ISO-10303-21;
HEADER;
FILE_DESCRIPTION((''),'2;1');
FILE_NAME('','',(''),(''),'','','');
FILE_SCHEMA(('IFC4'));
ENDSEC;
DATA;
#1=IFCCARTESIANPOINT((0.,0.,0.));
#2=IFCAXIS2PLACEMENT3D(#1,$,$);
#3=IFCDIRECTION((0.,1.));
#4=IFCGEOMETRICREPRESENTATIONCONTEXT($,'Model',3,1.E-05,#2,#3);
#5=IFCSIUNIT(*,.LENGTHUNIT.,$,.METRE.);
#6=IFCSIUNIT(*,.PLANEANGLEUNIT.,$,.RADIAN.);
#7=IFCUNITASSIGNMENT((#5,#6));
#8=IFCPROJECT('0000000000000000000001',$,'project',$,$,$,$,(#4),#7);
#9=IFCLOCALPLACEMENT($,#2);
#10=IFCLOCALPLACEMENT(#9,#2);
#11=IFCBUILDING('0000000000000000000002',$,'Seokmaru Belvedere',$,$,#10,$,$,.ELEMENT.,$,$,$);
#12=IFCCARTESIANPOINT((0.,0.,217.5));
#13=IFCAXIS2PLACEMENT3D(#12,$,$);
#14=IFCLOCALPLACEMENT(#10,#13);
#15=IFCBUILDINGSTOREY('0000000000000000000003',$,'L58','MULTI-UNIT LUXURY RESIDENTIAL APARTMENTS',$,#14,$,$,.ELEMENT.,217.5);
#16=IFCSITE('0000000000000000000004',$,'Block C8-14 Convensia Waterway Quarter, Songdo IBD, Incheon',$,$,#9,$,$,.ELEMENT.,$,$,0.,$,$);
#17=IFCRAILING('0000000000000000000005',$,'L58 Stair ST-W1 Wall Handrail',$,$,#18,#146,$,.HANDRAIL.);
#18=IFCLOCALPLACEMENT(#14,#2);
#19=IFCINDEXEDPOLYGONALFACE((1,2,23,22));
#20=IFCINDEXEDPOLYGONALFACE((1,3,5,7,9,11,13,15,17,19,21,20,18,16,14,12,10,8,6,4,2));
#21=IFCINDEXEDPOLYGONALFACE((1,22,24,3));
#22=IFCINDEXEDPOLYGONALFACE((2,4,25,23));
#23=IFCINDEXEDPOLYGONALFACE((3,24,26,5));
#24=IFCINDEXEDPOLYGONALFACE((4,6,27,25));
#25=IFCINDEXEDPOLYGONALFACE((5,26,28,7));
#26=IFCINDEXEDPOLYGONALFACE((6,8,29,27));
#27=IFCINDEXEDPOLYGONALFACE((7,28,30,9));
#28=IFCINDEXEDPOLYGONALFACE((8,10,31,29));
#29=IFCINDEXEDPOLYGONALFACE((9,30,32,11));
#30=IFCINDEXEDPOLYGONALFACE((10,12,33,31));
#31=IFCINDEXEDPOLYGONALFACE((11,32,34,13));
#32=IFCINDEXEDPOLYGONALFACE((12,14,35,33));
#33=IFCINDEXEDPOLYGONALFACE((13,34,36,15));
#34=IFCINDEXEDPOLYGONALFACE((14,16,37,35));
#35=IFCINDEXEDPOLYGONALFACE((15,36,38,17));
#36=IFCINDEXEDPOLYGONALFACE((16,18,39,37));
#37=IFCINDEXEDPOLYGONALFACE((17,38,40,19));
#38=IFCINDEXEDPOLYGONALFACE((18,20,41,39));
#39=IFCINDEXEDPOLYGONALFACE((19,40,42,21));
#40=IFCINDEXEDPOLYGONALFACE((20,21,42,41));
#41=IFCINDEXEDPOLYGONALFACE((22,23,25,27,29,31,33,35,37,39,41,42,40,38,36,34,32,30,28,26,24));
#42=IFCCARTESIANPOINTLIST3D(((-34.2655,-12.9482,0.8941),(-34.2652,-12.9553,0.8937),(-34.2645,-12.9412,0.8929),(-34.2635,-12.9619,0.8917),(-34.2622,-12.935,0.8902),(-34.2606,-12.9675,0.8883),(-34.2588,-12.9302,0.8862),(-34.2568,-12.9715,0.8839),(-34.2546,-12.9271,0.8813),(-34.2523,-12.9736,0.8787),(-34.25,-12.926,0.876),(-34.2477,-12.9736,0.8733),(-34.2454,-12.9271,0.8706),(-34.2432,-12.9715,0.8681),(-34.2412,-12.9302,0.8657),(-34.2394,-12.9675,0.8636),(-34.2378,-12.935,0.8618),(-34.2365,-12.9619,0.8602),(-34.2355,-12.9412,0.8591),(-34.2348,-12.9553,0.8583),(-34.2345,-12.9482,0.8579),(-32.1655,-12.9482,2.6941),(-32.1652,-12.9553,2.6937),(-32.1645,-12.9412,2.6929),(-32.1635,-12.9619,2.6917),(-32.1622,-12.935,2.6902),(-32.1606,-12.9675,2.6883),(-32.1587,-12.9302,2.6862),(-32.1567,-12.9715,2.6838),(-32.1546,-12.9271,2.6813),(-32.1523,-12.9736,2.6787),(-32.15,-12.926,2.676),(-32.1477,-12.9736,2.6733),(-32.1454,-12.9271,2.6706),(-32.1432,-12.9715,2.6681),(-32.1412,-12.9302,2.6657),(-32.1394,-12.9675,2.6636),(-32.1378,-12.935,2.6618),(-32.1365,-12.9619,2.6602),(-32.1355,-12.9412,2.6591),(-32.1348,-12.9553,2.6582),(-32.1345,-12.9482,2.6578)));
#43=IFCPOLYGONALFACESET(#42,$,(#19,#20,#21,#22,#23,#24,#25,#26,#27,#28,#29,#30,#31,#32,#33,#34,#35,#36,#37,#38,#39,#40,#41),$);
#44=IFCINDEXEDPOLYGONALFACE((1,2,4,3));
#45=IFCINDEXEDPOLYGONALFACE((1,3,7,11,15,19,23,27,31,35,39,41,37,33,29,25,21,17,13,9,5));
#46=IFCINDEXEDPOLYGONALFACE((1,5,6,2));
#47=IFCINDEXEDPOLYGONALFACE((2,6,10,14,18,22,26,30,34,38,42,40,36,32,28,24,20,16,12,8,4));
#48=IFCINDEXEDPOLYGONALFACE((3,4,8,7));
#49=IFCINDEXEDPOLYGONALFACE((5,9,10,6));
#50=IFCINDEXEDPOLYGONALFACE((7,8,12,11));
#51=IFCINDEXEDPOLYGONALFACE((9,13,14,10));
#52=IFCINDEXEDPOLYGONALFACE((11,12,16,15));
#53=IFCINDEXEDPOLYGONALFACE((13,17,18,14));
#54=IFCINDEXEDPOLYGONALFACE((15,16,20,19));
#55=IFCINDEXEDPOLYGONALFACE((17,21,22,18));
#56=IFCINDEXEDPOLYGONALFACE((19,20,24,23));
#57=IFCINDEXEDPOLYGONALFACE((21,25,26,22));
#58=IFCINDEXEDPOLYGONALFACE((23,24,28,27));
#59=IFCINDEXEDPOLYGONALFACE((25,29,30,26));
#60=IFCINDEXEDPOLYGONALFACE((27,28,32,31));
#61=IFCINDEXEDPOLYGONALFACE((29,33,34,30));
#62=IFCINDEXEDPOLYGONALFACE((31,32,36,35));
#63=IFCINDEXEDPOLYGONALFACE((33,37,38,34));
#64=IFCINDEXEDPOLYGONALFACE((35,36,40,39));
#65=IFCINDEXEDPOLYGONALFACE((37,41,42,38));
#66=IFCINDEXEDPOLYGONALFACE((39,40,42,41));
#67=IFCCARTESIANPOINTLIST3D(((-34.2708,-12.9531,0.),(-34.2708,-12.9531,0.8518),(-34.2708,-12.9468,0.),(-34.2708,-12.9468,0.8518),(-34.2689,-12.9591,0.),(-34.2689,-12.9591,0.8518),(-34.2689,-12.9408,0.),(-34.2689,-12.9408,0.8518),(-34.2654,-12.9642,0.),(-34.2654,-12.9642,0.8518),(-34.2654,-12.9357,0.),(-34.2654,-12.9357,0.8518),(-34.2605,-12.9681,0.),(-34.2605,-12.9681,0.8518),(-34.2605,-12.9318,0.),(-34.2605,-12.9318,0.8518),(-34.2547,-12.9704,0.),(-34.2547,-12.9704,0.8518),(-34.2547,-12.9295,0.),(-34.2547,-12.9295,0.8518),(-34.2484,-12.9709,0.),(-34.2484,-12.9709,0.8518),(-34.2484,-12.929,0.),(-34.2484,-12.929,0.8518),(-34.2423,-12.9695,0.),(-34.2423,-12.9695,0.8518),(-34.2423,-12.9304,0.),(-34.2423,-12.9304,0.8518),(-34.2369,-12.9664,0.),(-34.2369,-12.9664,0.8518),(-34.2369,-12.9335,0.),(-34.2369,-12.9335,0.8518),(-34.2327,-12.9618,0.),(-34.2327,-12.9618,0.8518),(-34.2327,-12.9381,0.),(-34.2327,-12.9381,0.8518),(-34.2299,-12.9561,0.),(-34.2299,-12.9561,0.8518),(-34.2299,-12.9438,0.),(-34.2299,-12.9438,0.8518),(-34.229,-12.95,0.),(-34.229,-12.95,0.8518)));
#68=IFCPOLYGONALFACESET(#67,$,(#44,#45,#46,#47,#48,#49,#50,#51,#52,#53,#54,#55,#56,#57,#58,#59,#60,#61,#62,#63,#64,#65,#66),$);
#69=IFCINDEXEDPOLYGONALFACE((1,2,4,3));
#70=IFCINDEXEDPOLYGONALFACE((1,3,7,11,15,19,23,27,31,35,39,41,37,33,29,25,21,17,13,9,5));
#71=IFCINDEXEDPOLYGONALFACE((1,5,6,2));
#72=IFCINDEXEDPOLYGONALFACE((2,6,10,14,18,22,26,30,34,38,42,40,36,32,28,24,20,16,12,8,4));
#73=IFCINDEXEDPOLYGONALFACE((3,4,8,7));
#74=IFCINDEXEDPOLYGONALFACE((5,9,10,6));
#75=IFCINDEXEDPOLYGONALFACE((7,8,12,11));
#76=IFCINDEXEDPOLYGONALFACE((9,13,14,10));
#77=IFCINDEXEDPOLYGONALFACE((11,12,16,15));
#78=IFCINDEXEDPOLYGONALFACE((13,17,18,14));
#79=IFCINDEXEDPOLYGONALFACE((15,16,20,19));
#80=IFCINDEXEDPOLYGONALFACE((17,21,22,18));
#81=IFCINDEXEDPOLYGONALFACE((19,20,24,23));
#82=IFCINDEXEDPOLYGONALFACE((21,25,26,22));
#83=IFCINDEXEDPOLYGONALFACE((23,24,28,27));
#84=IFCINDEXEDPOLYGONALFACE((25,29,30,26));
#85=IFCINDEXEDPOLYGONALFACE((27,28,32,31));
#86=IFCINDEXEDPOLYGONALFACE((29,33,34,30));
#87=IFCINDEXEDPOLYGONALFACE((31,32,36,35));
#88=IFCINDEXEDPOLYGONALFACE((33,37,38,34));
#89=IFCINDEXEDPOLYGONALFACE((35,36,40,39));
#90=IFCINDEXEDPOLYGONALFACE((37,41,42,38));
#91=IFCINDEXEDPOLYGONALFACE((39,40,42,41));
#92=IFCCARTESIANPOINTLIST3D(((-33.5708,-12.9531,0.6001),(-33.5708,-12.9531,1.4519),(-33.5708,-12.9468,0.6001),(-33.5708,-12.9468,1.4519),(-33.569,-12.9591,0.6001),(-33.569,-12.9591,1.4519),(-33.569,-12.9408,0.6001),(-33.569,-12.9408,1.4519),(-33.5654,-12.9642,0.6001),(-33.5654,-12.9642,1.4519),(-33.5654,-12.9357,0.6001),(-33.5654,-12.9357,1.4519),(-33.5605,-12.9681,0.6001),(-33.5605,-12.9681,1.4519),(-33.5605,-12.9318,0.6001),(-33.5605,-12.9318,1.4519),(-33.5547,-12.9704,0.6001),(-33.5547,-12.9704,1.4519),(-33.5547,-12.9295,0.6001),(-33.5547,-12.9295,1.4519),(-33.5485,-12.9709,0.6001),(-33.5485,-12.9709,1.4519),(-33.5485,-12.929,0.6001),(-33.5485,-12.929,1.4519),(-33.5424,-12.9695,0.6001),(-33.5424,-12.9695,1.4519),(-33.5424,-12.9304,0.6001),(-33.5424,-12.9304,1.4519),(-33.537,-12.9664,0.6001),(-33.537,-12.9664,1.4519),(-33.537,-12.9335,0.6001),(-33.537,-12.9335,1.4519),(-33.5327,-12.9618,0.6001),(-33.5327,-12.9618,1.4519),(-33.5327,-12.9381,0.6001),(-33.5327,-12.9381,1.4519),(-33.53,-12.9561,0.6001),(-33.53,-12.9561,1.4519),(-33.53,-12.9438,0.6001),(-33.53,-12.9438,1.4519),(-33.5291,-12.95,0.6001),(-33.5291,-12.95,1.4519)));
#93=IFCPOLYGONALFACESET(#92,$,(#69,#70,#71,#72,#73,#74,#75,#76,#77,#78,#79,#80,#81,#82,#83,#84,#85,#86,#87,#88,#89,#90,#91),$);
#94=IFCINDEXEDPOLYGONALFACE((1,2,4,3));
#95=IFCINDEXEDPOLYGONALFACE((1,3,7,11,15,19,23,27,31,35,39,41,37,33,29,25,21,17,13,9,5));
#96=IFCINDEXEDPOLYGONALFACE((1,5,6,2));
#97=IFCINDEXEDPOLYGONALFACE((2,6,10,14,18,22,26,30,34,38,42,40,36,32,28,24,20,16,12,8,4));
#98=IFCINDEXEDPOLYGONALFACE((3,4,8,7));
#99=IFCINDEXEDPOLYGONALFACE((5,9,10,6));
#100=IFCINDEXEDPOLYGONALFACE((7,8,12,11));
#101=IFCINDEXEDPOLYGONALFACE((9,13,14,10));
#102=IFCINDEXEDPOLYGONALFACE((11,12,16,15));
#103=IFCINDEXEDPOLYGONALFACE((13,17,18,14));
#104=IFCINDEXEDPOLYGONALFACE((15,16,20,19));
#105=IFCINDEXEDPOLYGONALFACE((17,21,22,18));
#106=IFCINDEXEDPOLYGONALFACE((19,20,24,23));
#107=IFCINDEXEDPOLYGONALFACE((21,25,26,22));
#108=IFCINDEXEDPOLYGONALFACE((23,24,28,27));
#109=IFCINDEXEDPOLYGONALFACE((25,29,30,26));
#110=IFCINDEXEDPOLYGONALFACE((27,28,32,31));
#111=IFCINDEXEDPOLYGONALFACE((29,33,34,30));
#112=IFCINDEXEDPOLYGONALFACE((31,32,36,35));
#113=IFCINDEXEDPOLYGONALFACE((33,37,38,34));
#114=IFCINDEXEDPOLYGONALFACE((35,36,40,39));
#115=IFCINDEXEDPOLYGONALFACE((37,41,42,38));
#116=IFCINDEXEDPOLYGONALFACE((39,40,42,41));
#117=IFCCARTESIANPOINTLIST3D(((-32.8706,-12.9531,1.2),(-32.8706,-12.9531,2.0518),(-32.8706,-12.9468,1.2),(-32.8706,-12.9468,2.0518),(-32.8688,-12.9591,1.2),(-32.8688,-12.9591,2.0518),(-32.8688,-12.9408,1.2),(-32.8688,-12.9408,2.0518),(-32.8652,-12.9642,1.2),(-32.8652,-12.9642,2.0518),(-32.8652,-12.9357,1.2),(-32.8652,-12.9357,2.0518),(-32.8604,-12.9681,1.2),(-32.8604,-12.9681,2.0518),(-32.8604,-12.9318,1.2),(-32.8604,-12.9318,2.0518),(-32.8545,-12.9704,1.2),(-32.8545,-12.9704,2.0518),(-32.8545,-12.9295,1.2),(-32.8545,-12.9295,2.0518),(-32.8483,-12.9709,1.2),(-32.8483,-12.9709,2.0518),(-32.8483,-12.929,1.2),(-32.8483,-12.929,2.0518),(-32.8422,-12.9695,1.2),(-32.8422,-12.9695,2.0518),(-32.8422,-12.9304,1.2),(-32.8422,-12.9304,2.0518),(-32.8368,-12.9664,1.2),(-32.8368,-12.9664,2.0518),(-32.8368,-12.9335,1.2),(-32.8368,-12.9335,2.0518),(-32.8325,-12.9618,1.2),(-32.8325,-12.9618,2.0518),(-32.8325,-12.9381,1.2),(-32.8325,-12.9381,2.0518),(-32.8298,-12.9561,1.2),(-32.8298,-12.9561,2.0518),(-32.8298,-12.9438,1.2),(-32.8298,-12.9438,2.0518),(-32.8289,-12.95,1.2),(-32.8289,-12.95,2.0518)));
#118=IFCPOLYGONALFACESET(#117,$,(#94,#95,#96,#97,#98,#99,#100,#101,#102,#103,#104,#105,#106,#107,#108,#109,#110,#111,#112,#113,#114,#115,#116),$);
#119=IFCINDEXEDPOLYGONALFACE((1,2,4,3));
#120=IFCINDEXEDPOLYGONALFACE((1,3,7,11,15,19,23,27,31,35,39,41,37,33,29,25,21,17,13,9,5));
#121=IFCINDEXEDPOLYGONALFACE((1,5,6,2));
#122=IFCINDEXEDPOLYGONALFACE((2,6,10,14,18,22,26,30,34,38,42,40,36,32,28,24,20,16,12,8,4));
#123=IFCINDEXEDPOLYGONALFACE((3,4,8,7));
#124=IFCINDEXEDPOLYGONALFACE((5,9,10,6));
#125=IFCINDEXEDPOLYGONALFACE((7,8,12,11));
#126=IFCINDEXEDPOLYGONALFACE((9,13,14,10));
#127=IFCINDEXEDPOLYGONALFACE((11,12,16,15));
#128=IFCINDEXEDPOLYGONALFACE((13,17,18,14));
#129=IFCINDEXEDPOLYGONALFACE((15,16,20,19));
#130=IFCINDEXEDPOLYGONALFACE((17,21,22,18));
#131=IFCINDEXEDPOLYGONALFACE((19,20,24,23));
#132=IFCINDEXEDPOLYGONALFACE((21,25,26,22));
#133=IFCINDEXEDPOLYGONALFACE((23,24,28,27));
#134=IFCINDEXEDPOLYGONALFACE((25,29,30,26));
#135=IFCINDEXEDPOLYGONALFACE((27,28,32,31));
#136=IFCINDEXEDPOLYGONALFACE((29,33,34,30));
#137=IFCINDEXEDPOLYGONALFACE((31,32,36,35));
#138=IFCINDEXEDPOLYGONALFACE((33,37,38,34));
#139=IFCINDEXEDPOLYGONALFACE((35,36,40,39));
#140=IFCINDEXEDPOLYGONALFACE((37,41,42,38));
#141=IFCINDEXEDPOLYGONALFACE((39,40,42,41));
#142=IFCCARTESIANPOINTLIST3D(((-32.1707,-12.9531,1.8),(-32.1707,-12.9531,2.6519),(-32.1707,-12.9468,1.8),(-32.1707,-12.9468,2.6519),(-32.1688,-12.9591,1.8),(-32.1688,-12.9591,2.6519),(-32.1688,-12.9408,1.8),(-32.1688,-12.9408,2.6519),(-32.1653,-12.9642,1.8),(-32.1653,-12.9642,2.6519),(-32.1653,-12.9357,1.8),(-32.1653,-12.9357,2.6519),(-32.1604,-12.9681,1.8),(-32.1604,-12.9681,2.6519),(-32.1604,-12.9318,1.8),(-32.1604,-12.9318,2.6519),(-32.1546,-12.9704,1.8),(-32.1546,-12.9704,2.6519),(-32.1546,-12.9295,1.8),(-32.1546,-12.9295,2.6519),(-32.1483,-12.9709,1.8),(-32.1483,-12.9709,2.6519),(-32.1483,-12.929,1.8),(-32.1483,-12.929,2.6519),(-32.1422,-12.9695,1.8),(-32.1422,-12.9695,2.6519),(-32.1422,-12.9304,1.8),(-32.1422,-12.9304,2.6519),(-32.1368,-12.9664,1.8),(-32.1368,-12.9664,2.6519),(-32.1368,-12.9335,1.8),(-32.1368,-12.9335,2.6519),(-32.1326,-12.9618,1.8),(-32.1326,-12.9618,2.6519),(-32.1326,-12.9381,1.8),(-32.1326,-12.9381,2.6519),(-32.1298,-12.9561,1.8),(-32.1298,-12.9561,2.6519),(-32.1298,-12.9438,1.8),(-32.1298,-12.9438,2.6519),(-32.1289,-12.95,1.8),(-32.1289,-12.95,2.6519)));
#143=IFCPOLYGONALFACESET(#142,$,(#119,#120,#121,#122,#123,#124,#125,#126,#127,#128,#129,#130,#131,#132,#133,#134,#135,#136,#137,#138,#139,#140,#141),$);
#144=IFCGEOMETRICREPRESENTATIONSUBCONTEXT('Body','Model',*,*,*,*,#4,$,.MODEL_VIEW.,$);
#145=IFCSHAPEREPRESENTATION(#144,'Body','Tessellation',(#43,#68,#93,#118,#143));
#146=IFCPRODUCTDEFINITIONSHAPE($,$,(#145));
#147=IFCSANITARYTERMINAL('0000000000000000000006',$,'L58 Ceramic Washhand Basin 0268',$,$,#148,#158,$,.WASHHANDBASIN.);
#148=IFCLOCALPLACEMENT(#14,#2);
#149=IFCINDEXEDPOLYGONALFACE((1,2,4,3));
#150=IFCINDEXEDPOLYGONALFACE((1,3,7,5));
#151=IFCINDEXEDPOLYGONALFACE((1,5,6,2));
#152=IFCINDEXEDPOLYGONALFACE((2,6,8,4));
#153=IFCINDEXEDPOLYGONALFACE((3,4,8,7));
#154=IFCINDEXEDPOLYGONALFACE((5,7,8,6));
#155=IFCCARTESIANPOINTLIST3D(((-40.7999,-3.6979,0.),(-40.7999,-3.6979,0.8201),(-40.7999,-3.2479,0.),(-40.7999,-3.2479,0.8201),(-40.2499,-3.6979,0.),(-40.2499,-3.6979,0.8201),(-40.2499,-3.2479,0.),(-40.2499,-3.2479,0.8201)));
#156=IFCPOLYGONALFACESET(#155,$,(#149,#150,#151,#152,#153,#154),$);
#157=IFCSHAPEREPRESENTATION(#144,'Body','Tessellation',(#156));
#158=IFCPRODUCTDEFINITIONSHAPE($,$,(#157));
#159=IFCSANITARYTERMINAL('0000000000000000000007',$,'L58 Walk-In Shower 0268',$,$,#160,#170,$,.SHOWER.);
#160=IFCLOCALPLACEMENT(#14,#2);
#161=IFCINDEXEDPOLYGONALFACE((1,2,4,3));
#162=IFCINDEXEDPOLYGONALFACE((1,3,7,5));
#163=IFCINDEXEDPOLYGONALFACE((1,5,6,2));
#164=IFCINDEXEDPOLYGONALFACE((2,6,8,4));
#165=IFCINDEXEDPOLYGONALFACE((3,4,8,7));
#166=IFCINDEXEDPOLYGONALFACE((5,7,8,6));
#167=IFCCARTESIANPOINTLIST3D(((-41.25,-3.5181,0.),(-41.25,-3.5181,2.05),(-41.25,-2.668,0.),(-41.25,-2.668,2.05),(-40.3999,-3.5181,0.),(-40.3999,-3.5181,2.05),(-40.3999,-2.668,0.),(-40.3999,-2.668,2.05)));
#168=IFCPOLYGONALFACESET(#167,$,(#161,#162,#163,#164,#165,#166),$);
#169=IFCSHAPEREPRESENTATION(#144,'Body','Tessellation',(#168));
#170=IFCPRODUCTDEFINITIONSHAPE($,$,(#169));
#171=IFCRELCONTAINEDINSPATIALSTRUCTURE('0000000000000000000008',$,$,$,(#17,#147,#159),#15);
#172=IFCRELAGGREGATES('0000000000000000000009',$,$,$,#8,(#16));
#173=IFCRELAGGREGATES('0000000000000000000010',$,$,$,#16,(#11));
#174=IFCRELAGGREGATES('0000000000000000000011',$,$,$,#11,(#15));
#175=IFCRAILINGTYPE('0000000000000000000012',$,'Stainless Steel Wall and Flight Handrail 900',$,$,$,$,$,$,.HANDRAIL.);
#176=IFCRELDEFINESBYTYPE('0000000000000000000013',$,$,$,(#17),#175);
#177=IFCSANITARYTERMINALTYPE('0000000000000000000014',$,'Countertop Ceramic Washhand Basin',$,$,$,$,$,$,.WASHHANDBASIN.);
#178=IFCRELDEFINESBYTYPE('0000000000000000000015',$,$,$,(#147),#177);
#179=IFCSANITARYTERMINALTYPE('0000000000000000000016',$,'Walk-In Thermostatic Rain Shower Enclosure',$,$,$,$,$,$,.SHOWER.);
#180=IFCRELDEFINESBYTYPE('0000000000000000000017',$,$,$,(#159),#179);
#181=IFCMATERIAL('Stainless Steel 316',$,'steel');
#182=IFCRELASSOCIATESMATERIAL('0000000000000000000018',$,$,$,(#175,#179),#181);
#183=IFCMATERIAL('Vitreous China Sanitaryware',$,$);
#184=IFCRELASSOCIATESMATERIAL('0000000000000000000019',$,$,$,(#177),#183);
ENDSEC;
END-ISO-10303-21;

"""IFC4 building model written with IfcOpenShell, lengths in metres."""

from ifc_helpers import new_model, si_unit, direction, frame, origin, origin_2d, place, context, subcontext, project, spatial, rectangle, circle, extrude, source, transform, mapped, material, type_object, type_shapes, element, save


model = new_model("IFC4")

# Units and contexts
model_context = context("Model", 3, precision=1e-05, world=origin(), true_north=direction((0.0, 1.0)))
body_context = subcontext(model_context, "Body", "Model", "MODEL_VIEW")
ifc_project = project(units=[si_unit("LENGTHUNIT", "METRE"), si_unit("PLANEANGLEUNIT", "RADIAN")], contexts=[model_context])

# Site, building, storey
site_placement = place(None, origin())
site = spatial("IfcSite", under=ifc_project, at=site_placement, Name="Block C8-14 Convensia Waterway Quarter, Songdo IBD, Incheon", CompositionType="ELEMENT", RefElevation=0.0)
building_placement = place(site_placement, origin())
building = spatial("IfcBuilding", under=site, at=building_placement, Name="Seokmaru Belvedere", CompositionType="ELEMENT")
storey_placement = place(building_placement, frame((0.0, 0.0, 217.5)))
storey = spatial("IfcBuildingStorey", under=building, at=storey_placement, Name="L58", Description="MULTI-UNIT LUXURY RESIDENTIAL APARTMENTS", CompositionType="ELEMENT", Elevation=217.5)

# Shared definitions
ifc_material_1 = material(Name="Stainless Steel 316", Category="steel")

# Railing
railing_type_1 = type_object("IfcRailingType", Name="Stainless Steel Wall and Flight Handrail 900", PredefinedType="HANDRAIL", material=ifc_material_1)
railing_1_placement = place(storey_placement, frame((-34.25, -12.95, 0.0)))
element("IfcRailing", 1, at=railing_1_placement, inside=storey, type_object=railing_type_1, Name="L58 Stair ST-W1 Wall Handrail", PredefinedType="HANDRAIL", context=body_context, shape_type="SweptSolid", body=[
    extrude(circle(Radius=0.0239, at=origin_2d()), frame((0.0, 0.0, 0.876), z_axis=(0.759263, 0.0, 0.650784), x_axis=(0.0, 1.0, 0.0)), (0.0, 0.0, 1.0), 2.7659),
    extrude(circle(Radius=0.021, at=origin_2d()), origin(), (0.0, 0.0, 1.0), 0.8518),
    extrude(circle(Radius=0.021, at=origin_2d()), frame((0.7, 0.0, 0.6001)), (0.0, 0.0, 1.0), 0.8518),
    extrude(circle(Radius=0.021, at=origin_2d()), frame((1.4001, 0.0, 1.2)), (0.0, 0.0, 1.0), 0.8518),
    extrude(circle(Radius=0.021, at=origin_2d()), frame((2.1001, 0.0, 1.8)), (0.0, 0.0, 1.0), 0.8518),
])

# Sanitary terminals
ifc_material_2 = material(Name="Vitreous China Sanitaryware")
sanitary_terminal_type_1 = type_object("IfcSanitaryTerminalType", Name="Countertop Ceramic Washhand Basin", PredefinedType="WASHHANDBASIN", material=ifc_material_2)
shared_shape_1 = source(origin(), body_context, "Body", "SweptSolid", [
    extrude(rectangle(XDim=0.55, YDim=0.45, at=origin_2d()), origin(), (0.0, 0.0, 1.0), 0.8201),
])
type_shapes(sanitary_terminal_type_1, [shared_shape_1])
sanitary_terminal_1_placement = place(storey_placement, frame((-40.5249, -3.4729, 0.0), z_axis=(0.0, 0.0, 1.0), x_axis=(1.0, 0.0, 0.0)))
element("IfcSanitaryTerminal", 2, at=sanitary_terminal_1_placement, inside=storey, type_object=sanitary_terminal_type_1, Name="L58 Ceramic Washhand Basin 0268", PredefinedType="WASHHANDBASIN", context=body_context, shape_type="MappedRepresentation", body=[
    mapped(shared_shape_1, transform((0.0, 0.0, 0.0), scale=1.0)),
])
sanitary_terminal_type_2 = type_object("IfcSanitaryTerminalType", Name="Walk-In Thermostatic Rain Shower Enclosure", PredefinedType="SHOWER", material=ifc_material_1)
shared_shape_2 = source(origin(), body_context, "Body", "SweptSolid", [
    extrude(rectangle(XDim=0.8501, YDim=0.8501, at=origin_2d()), origin(), (0.0, 0.0, 1.0), 2.05),
])
type_shapes(sanitary_terminal_type_2, [shared_shape_2])
sanitary_terminal_2_placement = place(storey_placement, frame((-40.825, -3.093, 0.0), z_axis=(0.0, 0.0, 1.0), x_axis=(1.0, 0.0, 0.0)))
element("IfcSanitaryTerminal", 3, at=sanitary_terminal_2_placement, inside=storey, type_object=sanitary_terminal_type_2, Name="L58 Walk-In Shower 0268", PredefinedType="SHOWER", context=body_context, shape_type="MappedRepresentation", body=[
    mapped(shared_shape_2, transform((0.0, 0.0, 0.0), scale=1.0)),
])

save(model, "model.ifc")
